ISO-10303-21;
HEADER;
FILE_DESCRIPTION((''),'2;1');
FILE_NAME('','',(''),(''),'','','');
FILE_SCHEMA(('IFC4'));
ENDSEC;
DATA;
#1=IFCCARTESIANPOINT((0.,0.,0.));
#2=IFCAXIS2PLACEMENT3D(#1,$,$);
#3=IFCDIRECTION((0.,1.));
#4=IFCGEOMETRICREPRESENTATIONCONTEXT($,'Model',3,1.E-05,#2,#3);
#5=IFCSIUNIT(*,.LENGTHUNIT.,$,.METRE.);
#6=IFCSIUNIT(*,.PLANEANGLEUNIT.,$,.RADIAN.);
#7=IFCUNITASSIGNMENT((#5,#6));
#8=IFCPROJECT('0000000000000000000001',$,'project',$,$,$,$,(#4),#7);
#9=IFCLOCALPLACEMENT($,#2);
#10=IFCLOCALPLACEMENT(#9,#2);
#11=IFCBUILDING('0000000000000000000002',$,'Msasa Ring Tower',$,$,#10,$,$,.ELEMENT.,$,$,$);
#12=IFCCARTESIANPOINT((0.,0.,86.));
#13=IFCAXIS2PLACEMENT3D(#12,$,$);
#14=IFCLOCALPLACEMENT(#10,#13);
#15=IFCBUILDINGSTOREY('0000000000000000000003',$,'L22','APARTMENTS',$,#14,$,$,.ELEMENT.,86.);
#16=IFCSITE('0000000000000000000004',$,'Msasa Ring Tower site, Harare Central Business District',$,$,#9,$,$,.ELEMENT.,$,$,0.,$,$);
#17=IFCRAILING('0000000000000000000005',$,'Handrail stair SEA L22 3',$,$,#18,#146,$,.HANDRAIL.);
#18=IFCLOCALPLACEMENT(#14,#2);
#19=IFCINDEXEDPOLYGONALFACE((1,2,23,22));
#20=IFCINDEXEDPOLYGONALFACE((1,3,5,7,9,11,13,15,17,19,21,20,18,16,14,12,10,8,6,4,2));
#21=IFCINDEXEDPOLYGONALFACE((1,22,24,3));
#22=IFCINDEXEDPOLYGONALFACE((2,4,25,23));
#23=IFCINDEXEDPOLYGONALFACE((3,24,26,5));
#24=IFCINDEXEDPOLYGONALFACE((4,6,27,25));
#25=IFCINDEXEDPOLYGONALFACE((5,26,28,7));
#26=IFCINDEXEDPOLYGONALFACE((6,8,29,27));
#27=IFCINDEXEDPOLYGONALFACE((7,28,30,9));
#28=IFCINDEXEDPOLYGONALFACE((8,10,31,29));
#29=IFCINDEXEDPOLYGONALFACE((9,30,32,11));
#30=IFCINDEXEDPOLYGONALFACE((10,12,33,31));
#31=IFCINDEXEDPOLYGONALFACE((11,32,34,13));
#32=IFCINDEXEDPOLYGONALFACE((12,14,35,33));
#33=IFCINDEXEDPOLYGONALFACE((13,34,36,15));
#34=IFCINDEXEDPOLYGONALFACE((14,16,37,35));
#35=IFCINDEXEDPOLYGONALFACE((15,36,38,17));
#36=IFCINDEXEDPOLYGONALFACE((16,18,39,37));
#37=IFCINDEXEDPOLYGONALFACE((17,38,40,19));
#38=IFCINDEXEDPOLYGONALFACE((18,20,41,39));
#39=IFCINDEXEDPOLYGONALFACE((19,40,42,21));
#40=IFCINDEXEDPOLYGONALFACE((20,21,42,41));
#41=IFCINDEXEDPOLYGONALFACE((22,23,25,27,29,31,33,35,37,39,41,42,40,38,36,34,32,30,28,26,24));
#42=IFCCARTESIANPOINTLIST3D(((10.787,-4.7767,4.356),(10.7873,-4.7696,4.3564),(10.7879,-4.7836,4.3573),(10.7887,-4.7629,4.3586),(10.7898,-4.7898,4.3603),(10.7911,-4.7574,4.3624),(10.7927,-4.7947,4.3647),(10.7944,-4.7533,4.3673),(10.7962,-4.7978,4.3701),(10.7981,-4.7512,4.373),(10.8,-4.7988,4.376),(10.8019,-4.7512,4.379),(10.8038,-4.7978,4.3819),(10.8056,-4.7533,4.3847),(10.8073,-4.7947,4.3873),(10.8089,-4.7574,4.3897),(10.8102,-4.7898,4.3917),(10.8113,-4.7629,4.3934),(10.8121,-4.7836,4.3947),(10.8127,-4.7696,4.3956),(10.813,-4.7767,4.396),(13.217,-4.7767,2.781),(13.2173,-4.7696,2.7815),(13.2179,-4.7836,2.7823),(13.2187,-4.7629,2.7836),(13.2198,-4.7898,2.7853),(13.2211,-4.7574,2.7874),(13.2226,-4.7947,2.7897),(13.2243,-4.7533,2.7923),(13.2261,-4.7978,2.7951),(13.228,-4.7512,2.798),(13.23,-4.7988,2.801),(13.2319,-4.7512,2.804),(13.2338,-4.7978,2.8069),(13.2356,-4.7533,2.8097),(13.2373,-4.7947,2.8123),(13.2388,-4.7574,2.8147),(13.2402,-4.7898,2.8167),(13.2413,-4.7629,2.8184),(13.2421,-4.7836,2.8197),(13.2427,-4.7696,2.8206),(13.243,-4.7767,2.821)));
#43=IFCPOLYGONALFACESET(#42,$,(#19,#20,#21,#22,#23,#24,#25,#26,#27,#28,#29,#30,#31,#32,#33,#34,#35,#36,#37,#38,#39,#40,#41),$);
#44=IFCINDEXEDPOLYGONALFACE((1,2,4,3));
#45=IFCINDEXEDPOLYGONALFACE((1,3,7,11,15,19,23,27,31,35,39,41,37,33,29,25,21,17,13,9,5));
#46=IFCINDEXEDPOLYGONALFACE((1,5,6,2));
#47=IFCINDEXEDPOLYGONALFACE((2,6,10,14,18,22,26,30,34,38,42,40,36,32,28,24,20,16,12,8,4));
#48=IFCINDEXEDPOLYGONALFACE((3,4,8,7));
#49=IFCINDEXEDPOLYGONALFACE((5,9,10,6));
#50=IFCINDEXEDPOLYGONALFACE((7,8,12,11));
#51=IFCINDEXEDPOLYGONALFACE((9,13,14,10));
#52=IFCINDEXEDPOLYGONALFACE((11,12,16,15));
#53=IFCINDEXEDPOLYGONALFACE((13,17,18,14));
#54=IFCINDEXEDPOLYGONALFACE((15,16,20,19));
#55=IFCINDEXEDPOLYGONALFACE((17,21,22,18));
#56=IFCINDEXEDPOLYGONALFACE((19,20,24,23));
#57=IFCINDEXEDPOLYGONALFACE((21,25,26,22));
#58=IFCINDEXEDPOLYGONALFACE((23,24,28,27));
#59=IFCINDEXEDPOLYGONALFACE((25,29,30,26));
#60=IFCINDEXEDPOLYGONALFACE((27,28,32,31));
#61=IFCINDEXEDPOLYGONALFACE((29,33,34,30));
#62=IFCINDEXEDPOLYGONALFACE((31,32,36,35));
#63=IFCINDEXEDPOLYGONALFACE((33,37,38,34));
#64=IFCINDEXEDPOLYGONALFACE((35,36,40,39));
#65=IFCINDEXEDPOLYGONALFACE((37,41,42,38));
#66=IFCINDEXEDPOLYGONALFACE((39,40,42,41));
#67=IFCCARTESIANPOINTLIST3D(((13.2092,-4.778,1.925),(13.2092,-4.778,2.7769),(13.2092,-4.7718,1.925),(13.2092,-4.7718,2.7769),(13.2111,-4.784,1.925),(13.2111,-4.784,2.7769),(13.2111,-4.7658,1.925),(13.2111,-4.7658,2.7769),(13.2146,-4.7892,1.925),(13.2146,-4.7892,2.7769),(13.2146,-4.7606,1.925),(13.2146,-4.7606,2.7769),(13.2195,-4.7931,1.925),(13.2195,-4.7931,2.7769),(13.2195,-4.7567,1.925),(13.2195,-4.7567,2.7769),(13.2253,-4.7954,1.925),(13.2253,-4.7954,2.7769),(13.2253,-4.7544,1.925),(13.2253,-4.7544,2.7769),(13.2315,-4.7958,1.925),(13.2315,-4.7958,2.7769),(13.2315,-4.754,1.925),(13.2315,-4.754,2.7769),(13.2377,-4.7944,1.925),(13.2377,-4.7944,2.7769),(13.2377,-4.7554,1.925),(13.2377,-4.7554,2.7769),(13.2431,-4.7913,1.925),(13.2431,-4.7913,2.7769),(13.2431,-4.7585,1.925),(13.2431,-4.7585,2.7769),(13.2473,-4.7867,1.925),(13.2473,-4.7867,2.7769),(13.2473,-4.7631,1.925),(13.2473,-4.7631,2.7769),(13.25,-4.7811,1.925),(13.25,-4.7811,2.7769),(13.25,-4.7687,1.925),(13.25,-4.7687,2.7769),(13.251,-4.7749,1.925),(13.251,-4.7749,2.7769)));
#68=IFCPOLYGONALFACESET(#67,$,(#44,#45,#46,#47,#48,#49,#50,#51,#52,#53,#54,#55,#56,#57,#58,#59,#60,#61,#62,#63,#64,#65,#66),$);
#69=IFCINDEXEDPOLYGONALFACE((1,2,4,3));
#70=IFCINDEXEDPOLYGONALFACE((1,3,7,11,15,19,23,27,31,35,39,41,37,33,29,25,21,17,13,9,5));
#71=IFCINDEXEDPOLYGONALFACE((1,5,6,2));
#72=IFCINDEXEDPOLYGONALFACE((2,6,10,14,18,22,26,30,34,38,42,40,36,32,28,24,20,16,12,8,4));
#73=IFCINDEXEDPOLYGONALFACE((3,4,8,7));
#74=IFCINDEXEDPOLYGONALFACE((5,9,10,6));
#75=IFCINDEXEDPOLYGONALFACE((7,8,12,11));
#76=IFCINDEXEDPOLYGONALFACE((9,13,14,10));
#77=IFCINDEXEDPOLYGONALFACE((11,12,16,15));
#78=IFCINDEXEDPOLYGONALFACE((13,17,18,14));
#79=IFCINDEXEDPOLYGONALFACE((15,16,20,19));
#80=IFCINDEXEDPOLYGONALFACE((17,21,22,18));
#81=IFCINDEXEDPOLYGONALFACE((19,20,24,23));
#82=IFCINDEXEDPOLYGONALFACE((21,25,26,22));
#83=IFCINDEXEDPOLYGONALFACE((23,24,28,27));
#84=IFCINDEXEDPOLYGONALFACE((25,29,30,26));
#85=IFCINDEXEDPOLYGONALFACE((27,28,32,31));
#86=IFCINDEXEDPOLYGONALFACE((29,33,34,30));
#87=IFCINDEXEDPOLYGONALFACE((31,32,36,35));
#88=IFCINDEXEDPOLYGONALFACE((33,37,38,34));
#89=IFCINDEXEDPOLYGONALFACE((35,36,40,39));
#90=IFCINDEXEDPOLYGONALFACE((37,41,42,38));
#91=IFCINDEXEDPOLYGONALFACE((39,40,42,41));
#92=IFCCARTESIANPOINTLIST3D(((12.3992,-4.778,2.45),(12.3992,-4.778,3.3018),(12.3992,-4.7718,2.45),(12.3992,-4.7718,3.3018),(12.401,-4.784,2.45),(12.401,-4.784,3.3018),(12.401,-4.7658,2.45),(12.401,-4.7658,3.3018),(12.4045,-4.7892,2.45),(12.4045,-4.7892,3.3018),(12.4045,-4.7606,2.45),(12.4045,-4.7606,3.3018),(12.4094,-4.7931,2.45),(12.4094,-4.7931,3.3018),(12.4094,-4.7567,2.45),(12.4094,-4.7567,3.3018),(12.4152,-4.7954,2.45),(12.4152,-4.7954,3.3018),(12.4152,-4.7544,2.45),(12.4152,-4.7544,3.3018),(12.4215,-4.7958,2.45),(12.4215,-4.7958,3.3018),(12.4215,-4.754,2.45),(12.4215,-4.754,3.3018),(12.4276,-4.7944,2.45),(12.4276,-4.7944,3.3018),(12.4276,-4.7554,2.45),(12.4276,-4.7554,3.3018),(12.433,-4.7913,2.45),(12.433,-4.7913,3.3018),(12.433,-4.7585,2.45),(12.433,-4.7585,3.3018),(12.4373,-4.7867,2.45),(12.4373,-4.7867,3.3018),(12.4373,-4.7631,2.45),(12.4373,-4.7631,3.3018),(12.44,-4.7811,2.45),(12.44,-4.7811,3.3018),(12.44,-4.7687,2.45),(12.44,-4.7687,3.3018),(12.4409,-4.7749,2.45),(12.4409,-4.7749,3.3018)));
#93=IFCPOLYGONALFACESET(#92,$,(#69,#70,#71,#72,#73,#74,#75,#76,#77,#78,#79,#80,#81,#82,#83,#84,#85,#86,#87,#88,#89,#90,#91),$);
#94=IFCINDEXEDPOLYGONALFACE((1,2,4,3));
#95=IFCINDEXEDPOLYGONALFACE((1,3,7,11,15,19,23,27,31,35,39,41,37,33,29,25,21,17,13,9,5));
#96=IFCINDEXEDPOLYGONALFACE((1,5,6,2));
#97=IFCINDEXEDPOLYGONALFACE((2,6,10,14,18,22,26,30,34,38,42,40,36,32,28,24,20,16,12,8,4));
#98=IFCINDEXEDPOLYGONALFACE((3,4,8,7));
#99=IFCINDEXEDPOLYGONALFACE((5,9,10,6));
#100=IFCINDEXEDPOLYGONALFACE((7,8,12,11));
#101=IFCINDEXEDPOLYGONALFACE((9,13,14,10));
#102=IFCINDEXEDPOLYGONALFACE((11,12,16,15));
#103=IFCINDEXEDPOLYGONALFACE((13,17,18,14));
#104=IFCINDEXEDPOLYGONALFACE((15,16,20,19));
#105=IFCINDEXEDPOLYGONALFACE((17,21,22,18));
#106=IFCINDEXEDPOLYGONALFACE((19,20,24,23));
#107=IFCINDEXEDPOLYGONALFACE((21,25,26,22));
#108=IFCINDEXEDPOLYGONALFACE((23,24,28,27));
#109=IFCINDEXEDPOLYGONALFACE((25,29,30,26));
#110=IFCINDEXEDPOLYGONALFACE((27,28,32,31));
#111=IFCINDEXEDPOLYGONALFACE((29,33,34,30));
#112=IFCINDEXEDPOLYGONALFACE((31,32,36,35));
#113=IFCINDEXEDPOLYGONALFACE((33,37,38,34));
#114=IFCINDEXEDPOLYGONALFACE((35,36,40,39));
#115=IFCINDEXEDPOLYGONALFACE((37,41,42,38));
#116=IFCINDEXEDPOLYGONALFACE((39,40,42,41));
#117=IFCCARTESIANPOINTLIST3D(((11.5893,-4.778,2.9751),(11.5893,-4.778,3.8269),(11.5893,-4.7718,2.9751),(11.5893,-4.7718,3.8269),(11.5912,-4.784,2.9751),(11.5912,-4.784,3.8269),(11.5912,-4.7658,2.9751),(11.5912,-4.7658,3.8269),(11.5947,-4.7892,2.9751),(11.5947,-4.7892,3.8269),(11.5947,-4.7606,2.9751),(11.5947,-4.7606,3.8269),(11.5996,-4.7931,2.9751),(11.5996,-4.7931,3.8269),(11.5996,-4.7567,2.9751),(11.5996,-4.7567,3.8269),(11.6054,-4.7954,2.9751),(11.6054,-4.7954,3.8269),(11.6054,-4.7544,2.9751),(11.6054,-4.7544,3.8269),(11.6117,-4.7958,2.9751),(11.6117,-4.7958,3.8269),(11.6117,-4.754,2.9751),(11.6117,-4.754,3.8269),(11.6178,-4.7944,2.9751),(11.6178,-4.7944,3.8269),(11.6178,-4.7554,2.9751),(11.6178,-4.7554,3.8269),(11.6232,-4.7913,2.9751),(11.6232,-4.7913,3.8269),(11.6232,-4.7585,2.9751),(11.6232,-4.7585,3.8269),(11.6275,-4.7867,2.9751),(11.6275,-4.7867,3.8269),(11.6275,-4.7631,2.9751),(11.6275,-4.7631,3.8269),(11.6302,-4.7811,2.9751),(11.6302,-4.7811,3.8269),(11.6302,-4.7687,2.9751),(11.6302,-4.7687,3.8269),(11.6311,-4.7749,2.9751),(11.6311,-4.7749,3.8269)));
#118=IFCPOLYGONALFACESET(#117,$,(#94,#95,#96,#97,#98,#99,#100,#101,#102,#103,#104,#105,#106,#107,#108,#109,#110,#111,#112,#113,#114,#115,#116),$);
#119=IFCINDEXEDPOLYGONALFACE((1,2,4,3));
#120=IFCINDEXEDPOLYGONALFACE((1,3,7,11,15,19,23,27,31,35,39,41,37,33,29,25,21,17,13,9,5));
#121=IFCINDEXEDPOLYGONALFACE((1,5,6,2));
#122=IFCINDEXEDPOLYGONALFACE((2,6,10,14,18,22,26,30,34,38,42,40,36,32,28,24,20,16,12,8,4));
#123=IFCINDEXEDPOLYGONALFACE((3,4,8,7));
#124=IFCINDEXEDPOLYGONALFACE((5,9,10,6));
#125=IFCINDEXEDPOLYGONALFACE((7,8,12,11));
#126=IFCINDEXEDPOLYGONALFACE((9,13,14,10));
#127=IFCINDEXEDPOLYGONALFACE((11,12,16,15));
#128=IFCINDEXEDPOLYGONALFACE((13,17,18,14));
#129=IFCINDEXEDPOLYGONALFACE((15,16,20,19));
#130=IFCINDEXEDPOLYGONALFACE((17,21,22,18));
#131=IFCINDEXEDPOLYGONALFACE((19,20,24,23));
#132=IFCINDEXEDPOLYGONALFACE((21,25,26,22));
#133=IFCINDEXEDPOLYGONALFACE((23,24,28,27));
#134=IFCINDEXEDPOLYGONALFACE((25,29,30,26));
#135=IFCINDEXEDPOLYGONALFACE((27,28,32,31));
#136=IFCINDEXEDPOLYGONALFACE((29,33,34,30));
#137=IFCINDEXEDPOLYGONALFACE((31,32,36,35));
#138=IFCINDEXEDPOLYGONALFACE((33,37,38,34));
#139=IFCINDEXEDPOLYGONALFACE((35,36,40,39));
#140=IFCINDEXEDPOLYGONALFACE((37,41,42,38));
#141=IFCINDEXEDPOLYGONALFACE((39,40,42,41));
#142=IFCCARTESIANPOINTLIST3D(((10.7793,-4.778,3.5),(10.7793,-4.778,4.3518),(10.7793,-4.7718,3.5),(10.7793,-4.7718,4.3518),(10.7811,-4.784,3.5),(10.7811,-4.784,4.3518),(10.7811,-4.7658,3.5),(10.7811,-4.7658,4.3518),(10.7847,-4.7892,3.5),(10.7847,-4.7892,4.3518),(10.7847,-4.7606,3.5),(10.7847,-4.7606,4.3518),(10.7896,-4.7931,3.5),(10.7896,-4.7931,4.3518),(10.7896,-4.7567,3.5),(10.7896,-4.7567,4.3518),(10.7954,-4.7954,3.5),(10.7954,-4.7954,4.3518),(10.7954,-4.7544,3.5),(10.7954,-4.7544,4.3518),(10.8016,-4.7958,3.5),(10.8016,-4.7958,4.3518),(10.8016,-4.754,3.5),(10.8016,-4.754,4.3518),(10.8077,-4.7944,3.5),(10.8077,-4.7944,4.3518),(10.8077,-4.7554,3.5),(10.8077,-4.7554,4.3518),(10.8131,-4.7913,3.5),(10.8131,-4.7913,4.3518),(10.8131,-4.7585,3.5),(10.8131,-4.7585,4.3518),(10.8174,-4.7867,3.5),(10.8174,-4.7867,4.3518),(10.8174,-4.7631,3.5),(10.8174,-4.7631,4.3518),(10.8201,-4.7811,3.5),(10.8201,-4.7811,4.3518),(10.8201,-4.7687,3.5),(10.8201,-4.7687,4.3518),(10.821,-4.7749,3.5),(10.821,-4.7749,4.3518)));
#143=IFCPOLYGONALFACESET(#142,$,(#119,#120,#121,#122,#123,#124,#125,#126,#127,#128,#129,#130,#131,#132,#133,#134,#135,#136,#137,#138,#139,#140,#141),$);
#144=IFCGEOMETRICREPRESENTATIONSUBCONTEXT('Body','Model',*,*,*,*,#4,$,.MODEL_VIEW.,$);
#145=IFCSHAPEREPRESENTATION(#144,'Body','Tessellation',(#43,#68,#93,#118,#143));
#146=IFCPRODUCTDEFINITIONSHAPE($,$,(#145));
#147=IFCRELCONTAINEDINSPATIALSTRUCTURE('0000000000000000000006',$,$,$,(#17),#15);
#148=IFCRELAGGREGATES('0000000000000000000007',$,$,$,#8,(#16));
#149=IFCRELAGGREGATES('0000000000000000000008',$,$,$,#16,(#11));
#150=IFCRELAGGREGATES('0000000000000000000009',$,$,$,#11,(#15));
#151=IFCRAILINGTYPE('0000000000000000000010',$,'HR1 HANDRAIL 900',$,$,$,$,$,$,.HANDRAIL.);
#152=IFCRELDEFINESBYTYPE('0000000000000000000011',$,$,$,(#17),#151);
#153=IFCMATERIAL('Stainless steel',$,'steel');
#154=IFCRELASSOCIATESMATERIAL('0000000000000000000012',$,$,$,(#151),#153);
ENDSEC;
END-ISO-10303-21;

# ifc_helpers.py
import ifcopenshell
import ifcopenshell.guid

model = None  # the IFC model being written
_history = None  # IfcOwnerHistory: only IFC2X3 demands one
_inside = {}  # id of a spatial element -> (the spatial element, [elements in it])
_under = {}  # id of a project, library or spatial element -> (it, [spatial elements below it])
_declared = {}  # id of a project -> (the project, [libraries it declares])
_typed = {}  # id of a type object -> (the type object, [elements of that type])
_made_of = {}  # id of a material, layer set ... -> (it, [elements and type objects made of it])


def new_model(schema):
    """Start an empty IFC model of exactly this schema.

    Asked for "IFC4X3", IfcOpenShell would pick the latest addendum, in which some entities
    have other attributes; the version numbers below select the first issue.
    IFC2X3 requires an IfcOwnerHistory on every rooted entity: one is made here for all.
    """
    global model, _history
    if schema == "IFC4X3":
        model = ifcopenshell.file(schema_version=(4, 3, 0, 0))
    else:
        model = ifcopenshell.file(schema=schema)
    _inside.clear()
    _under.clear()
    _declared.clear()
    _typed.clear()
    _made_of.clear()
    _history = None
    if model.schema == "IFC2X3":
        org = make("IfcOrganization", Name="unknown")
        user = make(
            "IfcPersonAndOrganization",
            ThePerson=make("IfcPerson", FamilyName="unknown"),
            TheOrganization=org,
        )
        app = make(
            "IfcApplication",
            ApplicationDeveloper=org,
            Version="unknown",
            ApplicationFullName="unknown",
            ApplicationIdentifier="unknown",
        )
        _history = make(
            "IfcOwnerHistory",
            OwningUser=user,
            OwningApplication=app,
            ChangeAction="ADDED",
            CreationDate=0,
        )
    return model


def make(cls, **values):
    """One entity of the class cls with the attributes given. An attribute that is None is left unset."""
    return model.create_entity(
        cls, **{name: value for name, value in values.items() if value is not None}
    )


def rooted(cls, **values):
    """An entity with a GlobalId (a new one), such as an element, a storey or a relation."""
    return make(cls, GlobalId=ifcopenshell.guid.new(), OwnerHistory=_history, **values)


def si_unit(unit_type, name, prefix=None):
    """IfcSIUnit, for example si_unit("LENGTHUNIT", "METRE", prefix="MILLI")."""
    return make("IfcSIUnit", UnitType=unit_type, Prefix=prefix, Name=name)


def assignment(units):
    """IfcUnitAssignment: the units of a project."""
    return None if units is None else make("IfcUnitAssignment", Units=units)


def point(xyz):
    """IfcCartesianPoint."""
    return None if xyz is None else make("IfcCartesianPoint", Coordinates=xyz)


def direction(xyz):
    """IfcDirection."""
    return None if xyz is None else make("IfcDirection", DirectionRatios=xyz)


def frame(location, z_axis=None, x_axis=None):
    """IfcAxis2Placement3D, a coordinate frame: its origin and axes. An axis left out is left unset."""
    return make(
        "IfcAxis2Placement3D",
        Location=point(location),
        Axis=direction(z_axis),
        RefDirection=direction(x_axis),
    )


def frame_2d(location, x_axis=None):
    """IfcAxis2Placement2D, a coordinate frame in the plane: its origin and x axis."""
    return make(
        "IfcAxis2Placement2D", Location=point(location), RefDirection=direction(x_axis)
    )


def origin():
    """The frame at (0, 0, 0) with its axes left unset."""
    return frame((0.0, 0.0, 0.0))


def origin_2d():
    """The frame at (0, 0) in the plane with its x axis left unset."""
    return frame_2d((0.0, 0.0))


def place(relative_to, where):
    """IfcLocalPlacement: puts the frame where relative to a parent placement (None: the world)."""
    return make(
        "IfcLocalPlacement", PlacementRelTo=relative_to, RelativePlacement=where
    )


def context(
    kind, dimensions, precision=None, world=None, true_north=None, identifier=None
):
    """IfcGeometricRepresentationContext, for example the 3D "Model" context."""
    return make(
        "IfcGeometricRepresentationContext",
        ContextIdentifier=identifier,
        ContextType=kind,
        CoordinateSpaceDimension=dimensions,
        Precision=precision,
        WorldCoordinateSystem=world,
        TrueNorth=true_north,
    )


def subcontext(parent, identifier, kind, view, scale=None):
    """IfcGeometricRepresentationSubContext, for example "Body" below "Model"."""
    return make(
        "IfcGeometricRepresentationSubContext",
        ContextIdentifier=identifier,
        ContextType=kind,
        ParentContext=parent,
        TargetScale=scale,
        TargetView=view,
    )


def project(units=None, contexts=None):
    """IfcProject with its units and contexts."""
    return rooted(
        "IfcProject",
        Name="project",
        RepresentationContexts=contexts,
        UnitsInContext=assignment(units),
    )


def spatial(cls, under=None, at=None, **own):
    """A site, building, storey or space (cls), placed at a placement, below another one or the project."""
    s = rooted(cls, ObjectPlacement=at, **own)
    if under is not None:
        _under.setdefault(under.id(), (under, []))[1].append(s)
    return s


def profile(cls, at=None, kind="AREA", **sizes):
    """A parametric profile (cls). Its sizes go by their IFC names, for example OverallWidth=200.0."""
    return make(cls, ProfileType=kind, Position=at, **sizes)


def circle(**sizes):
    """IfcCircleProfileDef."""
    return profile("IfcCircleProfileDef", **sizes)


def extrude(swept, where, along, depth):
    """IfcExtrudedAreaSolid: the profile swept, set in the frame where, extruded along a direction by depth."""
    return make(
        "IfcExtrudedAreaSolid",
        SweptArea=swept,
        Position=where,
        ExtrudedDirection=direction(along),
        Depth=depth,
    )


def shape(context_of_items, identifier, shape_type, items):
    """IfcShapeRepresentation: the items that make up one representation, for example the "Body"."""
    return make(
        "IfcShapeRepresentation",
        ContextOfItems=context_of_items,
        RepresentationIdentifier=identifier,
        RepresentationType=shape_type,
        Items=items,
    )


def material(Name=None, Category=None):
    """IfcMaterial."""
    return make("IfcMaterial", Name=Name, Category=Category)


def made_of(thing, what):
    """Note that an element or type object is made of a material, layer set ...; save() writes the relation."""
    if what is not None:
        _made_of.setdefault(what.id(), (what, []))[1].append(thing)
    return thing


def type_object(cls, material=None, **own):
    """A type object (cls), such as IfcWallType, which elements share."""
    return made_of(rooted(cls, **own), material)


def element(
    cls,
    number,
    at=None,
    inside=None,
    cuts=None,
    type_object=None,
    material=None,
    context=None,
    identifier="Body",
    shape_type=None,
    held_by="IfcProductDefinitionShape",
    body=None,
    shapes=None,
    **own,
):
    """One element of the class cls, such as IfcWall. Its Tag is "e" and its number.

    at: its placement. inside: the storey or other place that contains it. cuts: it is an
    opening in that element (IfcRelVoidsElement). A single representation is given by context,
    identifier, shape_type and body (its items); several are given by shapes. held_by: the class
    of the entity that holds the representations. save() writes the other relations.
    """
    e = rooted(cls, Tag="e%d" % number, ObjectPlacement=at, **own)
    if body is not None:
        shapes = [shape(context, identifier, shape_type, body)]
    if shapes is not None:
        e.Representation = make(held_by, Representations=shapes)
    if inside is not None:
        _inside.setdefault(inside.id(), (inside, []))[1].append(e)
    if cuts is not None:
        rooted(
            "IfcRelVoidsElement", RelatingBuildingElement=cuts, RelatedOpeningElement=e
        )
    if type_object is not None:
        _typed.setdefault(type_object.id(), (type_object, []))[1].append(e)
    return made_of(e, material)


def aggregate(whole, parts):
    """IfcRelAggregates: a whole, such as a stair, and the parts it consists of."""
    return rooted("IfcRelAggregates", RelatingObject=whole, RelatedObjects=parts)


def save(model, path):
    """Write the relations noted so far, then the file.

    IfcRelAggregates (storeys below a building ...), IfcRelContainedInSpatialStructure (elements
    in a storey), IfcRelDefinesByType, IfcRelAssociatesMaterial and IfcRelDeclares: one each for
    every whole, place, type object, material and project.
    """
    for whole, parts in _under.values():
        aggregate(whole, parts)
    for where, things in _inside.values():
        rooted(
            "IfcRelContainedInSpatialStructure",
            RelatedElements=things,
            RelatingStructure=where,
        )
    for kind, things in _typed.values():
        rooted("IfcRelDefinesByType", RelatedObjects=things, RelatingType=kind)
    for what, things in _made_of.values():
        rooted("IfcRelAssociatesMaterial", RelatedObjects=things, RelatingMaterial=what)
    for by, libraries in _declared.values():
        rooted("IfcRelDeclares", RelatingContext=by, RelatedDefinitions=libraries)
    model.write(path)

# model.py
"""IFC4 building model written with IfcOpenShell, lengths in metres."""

from ifc_helpers import new_model, si_unit, direction, frame, origin, origin_2d, place, context, subcontext, project, spatial, circle, extrude, material, type_object, element, save


model = new_model("IFC4")

# Units and contexts
model_context = context("Model", 3, precision=1e-05, world=origin(), true_north=direction((0.0, 1.0)))
body_context = subcontext(model_context, "Body", "Model", "MODEL_VIEW")
ifc_project = project(units=[si_unit("LENGTHUNIT", "METRE"), si_unit("PLANEANGLEUNIT", "RADIAN")], contexts=[model_context])

# Site, building, storey
site_placement = place(None, origin())
site = spatial("IfcSite", under=ifc_project, at=site_placement, Name="Msasa Ring Tower site, Harare Central Business District", CompositionType="ELEMENT", RefElevation=0.0)
building_placement = place(site_placement, origin())
building = spatial("IfcBuilding", under=site, at=building_placement, Name="Msasa Ring Tower", CompositionType="ELEMENT")
storey_placement = place(building_placement, frame((0.0, 0.0, 86.0)))
storey = spatial("IfcBuildingStorey", under=building, at=storey_placement, Name="L22", Description="APARTMENTS", CompositionType="ELEMENT", Elevation=86.0)

# Railing
ifc_material_1 = material(Name="Stainless steel", Category="steel")
railing_type = type_object("IfcRailingType", Name="HR1 HANDRAIL 900", PredefinedType="HANDRAIL", material=ifc_material_1)
for number, where, name in (
    (1, (13.23, -4.7749, 1.925), "Handrail stair SEA L22 3"),
):
    element("IfcRailing", number, at=place(storey_placement, frame(where)), inside=storey, type_object=railing_type, Name=name, PredefinedType="HANDRAIL", context=body_context, shape_type="SweptSolid", body=[
        extrude(circle(Radius=0.0239, at=origin_2d()), frame((0.0, 0.0, 0.876), z_axis=(-0.839154, 0.0, 0.543894), x_axis=(0.0, -1.0, 0.0)), (0.0, 0.0, 1.0), 2.8958),
        extrude(circle(Radius=0.021, at=origin_2d()), origin(), (0.0, 0.0, 1.0), 0.8518),
        extrude(circle(Radius=0.021, at=origin_2d()), frame((-0.8101, 0.0, 0.5249)), (0.0, 0.0, 1.0), 0.8518),
        extrude(circle(Radius=0.021, at=origin_2d()), frame((-1.6199, 0.0, 1.05)), (0.0, 0.0, 1.0), 0.8518),
        extrude(circle(Radius=0.021, at=origin_2d()), frame((-2.4299, 0.0, 1.575)), (0.0, 0.0, 1.0), 0.8518),
    ])

save(model, "model.ifc")
